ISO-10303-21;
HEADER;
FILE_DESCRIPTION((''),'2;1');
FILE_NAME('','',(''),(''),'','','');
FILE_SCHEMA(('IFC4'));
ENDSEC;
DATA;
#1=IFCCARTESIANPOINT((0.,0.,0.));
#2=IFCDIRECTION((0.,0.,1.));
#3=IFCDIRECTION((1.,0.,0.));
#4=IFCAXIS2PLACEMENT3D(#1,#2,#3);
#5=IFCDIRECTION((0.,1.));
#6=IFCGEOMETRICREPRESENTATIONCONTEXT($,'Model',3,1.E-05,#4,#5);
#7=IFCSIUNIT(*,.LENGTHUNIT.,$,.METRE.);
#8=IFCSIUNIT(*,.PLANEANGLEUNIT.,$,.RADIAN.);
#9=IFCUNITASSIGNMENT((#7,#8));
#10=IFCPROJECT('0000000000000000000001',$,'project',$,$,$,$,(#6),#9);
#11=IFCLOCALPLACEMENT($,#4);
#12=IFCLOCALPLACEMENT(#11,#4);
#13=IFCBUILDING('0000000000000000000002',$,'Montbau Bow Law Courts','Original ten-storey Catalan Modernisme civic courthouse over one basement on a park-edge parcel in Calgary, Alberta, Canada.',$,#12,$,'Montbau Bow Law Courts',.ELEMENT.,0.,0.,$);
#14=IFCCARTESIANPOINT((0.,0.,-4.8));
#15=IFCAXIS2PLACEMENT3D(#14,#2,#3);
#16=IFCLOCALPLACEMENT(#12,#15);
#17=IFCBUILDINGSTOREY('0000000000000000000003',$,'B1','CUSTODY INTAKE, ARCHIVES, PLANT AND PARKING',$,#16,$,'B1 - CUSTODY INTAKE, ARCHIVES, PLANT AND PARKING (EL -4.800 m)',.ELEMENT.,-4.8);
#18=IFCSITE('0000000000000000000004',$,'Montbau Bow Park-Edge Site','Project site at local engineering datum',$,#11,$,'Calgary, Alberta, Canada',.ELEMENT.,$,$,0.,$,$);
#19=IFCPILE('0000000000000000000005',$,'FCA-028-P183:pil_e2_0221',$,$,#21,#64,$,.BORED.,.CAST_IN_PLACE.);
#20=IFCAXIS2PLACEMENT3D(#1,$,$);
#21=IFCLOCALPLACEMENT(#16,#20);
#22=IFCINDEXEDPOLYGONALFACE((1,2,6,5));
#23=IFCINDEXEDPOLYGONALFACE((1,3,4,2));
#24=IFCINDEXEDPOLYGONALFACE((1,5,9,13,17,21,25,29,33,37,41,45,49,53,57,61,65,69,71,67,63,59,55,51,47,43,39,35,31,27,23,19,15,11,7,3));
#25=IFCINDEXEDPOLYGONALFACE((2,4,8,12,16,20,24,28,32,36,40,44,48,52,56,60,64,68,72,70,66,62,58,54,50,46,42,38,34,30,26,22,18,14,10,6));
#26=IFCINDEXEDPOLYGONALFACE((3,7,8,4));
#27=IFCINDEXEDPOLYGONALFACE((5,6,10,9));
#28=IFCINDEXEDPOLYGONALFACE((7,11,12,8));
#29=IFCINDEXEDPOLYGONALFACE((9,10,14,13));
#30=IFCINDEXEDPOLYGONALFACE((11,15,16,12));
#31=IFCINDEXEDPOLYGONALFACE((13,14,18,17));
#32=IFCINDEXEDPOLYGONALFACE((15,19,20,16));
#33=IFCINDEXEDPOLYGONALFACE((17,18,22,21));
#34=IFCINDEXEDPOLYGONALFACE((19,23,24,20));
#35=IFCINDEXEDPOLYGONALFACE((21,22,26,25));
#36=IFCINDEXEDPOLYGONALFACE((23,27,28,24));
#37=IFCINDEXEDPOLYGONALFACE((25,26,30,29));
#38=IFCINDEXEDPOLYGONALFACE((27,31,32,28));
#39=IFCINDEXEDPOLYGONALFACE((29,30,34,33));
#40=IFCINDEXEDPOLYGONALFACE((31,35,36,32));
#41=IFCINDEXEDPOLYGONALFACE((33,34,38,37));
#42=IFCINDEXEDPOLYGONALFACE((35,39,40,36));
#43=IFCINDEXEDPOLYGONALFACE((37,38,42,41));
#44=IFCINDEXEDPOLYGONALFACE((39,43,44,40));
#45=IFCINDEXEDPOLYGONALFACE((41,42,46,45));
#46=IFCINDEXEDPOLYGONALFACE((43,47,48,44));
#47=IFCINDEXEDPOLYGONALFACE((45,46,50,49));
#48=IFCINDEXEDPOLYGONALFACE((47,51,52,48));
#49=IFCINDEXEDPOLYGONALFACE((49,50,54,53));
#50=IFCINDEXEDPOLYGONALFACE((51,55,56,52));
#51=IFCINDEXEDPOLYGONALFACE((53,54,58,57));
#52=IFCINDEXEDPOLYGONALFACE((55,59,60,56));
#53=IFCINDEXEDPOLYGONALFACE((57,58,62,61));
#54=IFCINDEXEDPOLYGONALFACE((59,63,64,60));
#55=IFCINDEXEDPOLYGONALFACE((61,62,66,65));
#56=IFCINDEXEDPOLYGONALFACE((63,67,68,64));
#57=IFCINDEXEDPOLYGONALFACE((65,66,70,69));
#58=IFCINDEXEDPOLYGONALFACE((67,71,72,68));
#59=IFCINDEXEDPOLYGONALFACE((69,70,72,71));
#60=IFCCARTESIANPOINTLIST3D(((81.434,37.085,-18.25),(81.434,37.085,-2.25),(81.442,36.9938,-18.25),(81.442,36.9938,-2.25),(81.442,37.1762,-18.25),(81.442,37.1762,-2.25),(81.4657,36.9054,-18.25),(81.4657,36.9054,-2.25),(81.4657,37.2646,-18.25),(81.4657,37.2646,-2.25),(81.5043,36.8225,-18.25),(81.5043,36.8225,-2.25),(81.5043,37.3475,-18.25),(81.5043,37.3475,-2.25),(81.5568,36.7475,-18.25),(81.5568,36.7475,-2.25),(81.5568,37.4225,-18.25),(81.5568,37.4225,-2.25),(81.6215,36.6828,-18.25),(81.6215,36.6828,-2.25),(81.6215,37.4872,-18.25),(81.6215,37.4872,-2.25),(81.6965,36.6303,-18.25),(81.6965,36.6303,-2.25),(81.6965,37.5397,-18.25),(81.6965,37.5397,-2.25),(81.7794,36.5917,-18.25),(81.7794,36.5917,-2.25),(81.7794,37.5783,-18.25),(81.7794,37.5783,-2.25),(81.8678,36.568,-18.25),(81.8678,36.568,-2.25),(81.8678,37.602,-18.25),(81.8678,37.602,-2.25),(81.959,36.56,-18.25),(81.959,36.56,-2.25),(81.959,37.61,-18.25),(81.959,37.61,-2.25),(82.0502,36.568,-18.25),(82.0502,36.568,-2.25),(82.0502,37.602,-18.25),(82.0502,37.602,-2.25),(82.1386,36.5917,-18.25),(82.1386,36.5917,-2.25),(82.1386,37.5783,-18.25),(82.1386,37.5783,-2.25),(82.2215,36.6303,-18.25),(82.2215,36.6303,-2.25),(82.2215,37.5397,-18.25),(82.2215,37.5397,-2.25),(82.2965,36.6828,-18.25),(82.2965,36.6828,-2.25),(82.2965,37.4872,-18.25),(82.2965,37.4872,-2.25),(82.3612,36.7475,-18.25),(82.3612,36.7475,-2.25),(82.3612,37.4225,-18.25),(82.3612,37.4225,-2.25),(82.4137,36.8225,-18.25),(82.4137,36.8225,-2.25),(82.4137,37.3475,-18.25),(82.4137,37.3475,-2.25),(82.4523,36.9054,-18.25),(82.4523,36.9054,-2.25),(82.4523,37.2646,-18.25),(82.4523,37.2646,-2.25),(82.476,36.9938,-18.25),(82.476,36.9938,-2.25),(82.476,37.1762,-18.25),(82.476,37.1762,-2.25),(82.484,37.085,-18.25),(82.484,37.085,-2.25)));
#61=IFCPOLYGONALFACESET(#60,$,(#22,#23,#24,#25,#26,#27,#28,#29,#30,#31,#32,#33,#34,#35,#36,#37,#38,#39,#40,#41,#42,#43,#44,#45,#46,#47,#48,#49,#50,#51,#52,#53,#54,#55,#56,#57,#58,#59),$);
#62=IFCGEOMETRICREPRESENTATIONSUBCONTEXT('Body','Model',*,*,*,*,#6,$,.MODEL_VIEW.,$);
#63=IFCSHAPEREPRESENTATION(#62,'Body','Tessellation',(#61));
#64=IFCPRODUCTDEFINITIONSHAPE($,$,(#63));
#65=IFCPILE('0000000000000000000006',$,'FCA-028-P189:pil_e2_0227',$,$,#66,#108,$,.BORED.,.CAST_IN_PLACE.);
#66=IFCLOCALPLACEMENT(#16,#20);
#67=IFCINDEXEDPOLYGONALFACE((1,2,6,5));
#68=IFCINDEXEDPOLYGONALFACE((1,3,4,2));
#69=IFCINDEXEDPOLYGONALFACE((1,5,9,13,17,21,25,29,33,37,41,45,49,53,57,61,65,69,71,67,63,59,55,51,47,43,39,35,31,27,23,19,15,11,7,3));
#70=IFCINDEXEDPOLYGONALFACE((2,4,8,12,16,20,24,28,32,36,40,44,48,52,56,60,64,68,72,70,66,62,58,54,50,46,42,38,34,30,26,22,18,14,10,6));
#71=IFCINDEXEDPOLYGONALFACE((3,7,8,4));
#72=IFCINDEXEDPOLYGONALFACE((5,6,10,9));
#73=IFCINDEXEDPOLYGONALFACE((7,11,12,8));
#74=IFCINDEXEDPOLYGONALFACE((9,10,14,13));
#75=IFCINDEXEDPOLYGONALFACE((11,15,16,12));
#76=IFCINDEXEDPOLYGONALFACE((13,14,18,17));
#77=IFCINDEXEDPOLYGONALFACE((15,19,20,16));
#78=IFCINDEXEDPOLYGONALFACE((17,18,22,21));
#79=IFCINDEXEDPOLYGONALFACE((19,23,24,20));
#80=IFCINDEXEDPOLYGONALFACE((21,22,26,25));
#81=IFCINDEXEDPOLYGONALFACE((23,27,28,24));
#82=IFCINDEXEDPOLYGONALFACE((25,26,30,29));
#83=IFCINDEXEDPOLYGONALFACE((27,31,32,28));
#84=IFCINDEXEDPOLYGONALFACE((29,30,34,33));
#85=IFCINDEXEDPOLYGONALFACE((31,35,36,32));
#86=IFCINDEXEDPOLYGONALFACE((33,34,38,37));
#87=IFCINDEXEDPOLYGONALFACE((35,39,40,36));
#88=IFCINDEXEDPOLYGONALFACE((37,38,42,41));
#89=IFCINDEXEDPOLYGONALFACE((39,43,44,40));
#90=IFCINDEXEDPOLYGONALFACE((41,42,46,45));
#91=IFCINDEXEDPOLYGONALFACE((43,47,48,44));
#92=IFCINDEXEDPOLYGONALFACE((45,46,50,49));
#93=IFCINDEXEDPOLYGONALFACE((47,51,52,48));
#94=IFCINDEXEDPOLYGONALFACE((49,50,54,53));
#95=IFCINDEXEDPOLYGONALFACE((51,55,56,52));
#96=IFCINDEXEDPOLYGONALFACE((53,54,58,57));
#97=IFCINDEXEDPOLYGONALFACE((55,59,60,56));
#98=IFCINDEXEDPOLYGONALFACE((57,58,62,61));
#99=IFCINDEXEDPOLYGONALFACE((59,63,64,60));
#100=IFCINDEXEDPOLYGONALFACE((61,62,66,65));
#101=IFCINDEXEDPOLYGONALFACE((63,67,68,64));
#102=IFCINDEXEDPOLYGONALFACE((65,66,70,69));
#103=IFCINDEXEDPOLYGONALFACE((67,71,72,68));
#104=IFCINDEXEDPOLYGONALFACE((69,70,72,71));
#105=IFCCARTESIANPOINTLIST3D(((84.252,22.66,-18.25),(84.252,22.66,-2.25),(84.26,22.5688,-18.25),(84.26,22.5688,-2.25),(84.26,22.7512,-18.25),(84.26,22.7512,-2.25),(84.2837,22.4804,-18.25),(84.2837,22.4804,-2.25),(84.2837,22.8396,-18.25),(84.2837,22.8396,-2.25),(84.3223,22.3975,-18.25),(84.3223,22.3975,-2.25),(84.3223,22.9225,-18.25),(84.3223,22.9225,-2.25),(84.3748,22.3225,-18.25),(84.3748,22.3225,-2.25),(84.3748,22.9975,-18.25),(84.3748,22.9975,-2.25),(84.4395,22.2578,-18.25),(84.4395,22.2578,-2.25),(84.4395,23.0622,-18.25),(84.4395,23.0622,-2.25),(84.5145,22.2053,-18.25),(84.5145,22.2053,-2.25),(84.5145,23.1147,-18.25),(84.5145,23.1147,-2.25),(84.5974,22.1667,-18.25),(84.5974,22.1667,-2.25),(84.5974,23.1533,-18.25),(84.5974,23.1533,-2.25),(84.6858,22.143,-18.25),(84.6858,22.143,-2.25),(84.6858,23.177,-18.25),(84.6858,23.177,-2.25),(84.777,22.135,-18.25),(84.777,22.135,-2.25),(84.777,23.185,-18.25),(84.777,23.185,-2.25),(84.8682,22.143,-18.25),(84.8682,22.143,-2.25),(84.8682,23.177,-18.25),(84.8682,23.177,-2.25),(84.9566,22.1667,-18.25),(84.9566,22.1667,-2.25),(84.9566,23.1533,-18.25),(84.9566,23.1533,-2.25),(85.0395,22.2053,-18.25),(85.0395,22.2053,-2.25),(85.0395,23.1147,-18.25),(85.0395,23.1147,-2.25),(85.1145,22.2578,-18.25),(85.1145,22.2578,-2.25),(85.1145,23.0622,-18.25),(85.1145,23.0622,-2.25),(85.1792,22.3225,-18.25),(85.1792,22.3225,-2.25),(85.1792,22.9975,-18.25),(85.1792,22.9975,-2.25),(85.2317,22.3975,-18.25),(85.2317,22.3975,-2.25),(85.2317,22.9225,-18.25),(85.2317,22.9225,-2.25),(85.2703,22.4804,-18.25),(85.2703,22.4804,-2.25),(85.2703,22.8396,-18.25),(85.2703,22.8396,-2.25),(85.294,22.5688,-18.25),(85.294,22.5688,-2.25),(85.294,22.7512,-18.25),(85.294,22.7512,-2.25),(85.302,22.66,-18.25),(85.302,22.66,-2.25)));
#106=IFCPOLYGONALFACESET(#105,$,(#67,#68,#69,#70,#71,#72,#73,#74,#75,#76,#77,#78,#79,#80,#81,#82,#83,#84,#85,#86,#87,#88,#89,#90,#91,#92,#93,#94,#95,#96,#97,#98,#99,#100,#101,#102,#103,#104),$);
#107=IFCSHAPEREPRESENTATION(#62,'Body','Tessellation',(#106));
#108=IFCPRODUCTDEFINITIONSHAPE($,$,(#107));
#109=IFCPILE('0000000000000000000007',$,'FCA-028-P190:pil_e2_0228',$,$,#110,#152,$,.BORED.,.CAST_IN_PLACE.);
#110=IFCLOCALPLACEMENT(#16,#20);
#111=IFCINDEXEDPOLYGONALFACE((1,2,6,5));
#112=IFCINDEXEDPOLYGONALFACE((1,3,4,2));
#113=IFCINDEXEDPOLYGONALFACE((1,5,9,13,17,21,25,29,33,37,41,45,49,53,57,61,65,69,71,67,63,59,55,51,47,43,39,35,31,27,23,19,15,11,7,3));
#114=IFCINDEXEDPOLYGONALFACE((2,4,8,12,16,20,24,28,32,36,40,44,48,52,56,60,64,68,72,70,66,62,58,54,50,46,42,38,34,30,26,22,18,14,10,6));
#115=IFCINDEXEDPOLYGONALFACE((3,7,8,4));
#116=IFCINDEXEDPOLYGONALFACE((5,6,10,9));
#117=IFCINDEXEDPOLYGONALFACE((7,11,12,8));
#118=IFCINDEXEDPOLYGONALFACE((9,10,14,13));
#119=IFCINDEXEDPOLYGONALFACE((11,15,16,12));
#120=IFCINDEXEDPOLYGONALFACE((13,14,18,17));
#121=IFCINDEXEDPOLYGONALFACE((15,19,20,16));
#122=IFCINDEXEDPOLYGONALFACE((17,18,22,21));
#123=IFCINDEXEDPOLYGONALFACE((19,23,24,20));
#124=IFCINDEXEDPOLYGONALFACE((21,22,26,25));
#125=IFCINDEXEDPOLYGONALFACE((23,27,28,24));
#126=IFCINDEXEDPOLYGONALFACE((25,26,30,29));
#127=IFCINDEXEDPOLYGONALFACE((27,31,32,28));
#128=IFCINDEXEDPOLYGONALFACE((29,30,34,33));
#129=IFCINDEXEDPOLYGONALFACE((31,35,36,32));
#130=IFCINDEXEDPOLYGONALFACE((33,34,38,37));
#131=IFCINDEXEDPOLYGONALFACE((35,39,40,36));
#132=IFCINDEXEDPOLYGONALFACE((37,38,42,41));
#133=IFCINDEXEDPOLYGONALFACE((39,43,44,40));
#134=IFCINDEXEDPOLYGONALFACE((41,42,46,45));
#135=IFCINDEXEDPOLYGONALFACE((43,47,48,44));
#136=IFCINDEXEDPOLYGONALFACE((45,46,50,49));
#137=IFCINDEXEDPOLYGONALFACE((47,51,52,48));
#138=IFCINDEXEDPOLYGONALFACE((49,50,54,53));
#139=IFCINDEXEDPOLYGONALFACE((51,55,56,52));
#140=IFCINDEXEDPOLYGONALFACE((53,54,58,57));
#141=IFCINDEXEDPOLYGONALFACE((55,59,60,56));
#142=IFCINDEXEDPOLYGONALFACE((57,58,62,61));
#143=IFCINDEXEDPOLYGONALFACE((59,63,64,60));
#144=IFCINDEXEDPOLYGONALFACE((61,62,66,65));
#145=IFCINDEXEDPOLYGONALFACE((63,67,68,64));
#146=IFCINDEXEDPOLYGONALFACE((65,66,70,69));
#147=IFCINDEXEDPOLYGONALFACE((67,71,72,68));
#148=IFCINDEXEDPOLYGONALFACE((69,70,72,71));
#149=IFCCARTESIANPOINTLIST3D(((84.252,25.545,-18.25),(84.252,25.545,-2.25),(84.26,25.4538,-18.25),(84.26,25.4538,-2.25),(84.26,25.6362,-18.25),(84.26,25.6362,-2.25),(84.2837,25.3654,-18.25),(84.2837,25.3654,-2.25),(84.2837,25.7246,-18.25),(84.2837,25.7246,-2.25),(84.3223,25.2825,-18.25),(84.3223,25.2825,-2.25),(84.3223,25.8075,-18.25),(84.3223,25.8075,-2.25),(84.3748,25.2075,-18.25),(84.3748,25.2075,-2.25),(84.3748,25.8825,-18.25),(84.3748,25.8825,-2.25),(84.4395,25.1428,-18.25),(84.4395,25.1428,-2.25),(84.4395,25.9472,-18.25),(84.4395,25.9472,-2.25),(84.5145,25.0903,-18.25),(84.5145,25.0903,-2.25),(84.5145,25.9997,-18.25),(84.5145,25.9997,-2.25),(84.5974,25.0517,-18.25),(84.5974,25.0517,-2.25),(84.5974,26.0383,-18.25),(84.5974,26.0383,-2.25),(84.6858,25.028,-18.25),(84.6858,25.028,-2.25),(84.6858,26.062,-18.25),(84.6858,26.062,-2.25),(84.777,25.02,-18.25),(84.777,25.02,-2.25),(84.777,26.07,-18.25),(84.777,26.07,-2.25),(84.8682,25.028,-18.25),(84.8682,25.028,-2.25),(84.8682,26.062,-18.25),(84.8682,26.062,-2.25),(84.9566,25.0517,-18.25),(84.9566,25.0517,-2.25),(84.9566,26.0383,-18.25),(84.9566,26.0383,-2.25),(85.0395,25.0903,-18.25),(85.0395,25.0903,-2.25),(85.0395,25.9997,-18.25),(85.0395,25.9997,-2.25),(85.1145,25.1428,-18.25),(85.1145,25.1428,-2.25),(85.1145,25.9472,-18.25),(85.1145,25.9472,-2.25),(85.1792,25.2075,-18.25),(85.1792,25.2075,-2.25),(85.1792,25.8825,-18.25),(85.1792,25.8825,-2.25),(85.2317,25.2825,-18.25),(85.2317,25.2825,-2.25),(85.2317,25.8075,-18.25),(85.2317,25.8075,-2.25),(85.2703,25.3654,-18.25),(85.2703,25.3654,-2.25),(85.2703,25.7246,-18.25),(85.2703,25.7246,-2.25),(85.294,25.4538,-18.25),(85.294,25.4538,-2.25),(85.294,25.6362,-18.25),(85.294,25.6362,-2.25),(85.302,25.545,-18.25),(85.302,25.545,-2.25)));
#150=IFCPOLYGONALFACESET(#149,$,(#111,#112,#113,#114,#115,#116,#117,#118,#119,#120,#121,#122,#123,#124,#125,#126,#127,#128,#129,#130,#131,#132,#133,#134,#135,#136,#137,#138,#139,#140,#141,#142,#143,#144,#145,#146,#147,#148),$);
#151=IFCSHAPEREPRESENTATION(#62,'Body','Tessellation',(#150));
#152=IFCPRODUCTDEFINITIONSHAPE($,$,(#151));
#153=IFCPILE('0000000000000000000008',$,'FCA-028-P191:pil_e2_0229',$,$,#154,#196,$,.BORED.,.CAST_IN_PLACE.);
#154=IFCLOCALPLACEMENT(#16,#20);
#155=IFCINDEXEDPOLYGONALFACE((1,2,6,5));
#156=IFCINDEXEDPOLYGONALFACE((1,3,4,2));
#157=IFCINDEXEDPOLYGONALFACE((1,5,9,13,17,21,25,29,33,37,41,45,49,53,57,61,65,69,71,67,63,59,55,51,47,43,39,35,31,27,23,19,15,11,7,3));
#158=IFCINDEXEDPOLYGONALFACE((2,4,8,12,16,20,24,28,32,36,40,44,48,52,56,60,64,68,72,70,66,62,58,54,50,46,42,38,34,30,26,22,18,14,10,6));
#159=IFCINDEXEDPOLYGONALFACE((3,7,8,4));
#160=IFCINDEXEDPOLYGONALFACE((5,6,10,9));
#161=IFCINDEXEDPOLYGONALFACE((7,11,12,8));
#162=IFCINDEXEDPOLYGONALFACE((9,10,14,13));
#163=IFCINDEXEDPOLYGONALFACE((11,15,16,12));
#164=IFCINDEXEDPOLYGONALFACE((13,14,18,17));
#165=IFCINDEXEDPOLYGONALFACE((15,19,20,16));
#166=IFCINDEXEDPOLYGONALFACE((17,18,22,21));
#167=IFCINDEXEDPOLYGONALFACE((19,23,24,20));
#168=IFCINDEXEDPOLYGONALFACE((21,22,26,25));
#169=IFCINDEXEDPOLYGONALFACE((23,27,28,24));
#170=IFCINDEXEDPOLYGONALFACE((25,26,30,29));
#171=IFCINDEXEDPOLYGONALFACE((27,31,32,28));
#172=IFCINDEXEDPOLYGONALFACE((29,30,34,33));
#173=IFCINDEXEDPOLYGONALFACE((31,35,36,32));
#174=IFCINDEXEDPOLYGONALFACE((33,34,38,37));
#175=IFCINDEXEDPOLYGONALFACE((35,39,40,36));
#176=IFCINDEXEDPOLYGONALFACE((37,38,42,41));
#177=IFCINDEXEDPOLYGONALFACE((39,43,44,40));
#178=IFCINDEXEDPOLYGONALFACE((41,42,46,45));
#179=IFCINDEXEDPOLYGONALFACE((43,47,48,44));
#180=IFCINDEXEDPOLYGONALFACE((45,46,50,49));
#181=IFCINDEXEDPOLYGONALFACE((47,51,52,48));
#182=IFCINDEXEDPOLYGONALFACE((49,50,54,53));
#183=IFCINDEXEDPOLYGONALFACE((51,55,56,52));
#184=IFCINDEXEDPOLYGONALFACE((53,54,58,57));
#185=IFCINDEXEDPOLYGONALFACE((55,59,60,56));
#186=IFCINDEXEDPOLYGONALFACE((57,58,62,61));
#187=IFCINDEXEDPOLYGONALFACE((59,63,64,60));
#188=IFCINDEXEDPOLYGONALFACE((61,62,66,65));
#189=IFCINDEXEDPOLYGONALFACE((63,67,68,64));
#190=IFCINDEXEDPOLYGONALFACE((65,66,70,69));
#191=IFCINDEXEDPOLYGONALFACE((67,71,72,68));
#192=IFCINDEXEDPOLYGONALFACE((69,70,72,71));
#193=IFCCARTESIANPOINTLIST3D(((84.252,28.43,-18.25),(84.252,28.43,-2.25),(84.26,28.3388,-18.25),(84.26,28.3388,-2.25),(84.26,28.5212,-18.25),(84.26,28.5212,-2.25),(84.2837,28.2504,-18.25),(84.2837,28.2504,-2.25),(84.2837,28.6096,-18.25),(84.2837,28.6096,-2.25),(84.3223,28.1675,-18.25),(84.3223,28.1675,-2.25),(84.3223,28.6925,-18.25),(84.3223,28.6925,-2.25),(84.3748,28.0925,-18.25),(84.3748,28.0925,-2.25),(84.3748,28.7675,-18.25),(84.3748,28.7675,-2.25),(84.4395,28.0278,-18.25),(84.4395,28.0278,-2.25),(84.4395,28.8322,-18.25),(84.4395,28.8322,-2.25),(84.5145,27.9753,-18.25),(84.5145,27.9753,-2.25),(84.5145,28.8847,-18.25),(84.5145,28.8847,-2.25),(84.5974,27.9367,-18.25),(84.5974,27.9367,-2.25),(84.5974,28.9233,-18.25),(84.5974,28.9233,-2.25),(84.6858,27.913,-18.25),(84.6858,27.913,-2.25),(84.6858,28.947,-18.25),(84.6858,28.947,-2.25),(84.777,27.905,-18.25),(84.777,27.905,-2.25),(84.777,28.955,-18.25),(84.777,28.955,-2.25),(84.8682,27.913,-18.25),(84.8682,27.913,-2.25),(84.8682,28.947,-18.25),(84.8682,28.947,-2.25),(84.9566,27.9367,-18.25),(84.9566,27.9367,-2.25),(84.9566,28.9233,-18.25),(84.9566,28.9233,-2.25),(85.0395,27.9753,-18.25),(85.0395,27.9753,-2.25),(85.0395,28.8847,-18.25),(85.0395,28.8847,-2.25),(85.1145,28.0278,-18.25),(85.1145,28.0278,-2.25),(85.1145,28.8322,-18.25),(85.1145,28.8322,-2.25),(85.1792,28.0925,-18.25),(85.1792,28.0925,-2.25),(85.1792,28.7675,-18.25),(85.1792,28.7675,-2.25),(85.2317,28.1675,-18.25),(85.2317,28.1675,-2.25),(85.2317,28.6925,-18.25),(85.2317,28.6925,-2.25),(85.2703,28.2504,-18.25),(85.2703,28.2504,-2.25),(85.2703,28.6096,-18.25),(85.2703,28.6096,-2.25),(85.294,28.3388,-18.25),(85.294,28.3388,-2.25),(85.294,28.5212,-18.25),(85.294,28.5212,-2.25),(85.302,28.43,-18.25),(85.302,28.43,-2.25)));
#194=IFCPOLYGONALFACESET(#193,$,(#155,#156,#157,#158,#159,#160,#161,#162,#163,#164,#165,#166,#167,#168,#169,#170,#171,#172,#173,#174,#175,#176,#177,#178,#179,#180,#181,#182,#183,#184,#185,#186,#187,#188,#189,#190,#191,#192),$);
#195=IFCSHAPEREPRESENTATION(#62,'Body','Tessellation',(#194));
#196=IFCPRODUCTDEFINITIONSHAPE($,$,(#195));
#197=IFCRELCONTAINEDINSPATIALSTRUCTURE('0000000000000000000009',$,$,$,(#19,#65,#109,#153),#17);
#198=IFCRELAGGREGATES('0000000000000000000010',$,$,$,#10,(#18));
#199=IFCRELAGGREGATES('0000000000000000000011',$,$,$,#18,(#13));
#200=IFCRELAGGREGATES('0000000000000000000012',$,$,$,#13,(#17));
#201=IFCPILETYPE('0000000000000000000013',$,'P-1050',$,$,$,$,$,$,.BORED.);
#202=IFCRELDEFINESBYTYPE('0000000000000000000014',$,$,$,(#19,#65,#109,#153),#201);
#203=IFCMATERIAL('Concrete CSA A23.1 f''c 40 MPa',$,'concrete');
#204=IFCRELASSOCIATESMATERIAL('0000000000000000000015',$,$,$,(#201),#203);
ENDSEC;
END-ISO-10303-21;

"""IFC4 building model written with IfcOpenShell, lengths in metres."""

from ifc_helpers import new_model, si_unit, direction, frame, origin_with_axes, origin_2d_with_axis, place, context, subcontext, project, spatial, circle, extrude, material, material_profile, profile_set, type_object, element, save


model = new_model("IFC4")

# Units and contexts
model_context = context("Model", 3, precision=1e-05, world=origin_with_axes(), true_north=direction((0.0, 1.0)))
body_context = subcontext(model_context, "Body", "Model", "MODEL_VIEW")
ifc_project = project(units=[si_unit("LENGTHUNIT", "METRE"), si_unit("PLANEANGLEUNIT", "RADIAN")], contexts=[model_context])

# Site, building, storey
site_placement = place(None, origin_with_axes())
site = spatial("IfcSite", under=ifc_project, at=site_placement, Name="Montbau Bow Park-Edge Site", Description="Project site at local engineering datum", LongName="Calgary, Alberta, Canada", CompositionType="ELEMENT", RefElevation=0.0)
building_placement = place(site_placement, origin_with_axes())
building = spatial("IfcBuilding", under=site, at=building_placement, Name="Montbau Bow Law Courts", Description="Original ten-storey Catalan Modernisme civic courthouse over one basement on a park-edge parcel in Calgary, Alberta, Canada.", LongName="Montbau Bow Law Courts", CompositionType="ELEMENT", ElevationOfRefHeight=0.0, ElevationOfTerrain=0.0)
storey_placement = place(building_placement, frame((0.0, 0.0, -4.8), z_axis=(0.0, 0.0, 1.0), x_axis=(1.0, 0.0, 0.0)))
storey = spatial("IfcBuildingStorey", under=building, at=storey_placement, Name="B1", Description="CUSTODY INTAKE, ARCHIVES, PLANT AND PARKING", LongName="B1 - CUSTODY INTAKE, ARCHIVES, PLANT AND PARKING (EL -4.800 m)", CompositionType="ELEMENT", Elevation=-4.8)

# Piles
ifc_material_1 = material(Name="Concrete CSA A23.1 f'c 40 MPa", Category="concrete")
ifc_material_profile_1 = material_profile(ifc_material_1, circle(Radius=0.525, at=origin_2d_with_axis()), Name="BP1050", Category="Main", Priority=0)
ifc_profile_set_1 = profile_set([ifc_material_profile_1], Name="Concrete CSA A23.1 f'c 40 MPa")
pile_type = type_object("IfcPileType", Name="P-1050", PredefinedType="BORED", material=ifc_profile_set_1)
for number, where, z_axis, x_axis, name in (
    (1, (81.959, 37.085, -23.05), (0.0, 0.0, 1.0), (1.0, 0.0, 0.0), "FCA-028-P183:pil_e2_0221"),
    (2, (84.777, 22.66, -23.05), (0.0, 0.0, 1.0), (1.0, 0.0, 0.0), "FCA-028-P189:pil_e2_0227"),
    (3, (84.777, 25.545, -23.05), (0.0, 0.0, 1.0), (1.0, 0.0, 0.0), "FCA-028-P190:pil_e2_0228"),
    (4, (84.777, 28.43, -23.05), (0.0, 0.0, 1.0), (1.0, 0.0, 0.0), "FCA-028-P191:pil_e2_0229"),
):
    element("IfcPile", number, at=place(None, frame(where, z_axis=z_axis, x_axis=x_axis)), inside=storey, type_object=pile_type, Name=name, ConstructionType="CAST_IN_PLACE", PredefinedType="BORED", context=body_context, shape_type="SweptSolid", body=[
        extrude(circle(Radius=0.525, at=origin_2d_with_axis()), origin_with_axes(), (0.0, 0.0, 1.0), 16.0),
    ])

save(model, "model.ifc")
